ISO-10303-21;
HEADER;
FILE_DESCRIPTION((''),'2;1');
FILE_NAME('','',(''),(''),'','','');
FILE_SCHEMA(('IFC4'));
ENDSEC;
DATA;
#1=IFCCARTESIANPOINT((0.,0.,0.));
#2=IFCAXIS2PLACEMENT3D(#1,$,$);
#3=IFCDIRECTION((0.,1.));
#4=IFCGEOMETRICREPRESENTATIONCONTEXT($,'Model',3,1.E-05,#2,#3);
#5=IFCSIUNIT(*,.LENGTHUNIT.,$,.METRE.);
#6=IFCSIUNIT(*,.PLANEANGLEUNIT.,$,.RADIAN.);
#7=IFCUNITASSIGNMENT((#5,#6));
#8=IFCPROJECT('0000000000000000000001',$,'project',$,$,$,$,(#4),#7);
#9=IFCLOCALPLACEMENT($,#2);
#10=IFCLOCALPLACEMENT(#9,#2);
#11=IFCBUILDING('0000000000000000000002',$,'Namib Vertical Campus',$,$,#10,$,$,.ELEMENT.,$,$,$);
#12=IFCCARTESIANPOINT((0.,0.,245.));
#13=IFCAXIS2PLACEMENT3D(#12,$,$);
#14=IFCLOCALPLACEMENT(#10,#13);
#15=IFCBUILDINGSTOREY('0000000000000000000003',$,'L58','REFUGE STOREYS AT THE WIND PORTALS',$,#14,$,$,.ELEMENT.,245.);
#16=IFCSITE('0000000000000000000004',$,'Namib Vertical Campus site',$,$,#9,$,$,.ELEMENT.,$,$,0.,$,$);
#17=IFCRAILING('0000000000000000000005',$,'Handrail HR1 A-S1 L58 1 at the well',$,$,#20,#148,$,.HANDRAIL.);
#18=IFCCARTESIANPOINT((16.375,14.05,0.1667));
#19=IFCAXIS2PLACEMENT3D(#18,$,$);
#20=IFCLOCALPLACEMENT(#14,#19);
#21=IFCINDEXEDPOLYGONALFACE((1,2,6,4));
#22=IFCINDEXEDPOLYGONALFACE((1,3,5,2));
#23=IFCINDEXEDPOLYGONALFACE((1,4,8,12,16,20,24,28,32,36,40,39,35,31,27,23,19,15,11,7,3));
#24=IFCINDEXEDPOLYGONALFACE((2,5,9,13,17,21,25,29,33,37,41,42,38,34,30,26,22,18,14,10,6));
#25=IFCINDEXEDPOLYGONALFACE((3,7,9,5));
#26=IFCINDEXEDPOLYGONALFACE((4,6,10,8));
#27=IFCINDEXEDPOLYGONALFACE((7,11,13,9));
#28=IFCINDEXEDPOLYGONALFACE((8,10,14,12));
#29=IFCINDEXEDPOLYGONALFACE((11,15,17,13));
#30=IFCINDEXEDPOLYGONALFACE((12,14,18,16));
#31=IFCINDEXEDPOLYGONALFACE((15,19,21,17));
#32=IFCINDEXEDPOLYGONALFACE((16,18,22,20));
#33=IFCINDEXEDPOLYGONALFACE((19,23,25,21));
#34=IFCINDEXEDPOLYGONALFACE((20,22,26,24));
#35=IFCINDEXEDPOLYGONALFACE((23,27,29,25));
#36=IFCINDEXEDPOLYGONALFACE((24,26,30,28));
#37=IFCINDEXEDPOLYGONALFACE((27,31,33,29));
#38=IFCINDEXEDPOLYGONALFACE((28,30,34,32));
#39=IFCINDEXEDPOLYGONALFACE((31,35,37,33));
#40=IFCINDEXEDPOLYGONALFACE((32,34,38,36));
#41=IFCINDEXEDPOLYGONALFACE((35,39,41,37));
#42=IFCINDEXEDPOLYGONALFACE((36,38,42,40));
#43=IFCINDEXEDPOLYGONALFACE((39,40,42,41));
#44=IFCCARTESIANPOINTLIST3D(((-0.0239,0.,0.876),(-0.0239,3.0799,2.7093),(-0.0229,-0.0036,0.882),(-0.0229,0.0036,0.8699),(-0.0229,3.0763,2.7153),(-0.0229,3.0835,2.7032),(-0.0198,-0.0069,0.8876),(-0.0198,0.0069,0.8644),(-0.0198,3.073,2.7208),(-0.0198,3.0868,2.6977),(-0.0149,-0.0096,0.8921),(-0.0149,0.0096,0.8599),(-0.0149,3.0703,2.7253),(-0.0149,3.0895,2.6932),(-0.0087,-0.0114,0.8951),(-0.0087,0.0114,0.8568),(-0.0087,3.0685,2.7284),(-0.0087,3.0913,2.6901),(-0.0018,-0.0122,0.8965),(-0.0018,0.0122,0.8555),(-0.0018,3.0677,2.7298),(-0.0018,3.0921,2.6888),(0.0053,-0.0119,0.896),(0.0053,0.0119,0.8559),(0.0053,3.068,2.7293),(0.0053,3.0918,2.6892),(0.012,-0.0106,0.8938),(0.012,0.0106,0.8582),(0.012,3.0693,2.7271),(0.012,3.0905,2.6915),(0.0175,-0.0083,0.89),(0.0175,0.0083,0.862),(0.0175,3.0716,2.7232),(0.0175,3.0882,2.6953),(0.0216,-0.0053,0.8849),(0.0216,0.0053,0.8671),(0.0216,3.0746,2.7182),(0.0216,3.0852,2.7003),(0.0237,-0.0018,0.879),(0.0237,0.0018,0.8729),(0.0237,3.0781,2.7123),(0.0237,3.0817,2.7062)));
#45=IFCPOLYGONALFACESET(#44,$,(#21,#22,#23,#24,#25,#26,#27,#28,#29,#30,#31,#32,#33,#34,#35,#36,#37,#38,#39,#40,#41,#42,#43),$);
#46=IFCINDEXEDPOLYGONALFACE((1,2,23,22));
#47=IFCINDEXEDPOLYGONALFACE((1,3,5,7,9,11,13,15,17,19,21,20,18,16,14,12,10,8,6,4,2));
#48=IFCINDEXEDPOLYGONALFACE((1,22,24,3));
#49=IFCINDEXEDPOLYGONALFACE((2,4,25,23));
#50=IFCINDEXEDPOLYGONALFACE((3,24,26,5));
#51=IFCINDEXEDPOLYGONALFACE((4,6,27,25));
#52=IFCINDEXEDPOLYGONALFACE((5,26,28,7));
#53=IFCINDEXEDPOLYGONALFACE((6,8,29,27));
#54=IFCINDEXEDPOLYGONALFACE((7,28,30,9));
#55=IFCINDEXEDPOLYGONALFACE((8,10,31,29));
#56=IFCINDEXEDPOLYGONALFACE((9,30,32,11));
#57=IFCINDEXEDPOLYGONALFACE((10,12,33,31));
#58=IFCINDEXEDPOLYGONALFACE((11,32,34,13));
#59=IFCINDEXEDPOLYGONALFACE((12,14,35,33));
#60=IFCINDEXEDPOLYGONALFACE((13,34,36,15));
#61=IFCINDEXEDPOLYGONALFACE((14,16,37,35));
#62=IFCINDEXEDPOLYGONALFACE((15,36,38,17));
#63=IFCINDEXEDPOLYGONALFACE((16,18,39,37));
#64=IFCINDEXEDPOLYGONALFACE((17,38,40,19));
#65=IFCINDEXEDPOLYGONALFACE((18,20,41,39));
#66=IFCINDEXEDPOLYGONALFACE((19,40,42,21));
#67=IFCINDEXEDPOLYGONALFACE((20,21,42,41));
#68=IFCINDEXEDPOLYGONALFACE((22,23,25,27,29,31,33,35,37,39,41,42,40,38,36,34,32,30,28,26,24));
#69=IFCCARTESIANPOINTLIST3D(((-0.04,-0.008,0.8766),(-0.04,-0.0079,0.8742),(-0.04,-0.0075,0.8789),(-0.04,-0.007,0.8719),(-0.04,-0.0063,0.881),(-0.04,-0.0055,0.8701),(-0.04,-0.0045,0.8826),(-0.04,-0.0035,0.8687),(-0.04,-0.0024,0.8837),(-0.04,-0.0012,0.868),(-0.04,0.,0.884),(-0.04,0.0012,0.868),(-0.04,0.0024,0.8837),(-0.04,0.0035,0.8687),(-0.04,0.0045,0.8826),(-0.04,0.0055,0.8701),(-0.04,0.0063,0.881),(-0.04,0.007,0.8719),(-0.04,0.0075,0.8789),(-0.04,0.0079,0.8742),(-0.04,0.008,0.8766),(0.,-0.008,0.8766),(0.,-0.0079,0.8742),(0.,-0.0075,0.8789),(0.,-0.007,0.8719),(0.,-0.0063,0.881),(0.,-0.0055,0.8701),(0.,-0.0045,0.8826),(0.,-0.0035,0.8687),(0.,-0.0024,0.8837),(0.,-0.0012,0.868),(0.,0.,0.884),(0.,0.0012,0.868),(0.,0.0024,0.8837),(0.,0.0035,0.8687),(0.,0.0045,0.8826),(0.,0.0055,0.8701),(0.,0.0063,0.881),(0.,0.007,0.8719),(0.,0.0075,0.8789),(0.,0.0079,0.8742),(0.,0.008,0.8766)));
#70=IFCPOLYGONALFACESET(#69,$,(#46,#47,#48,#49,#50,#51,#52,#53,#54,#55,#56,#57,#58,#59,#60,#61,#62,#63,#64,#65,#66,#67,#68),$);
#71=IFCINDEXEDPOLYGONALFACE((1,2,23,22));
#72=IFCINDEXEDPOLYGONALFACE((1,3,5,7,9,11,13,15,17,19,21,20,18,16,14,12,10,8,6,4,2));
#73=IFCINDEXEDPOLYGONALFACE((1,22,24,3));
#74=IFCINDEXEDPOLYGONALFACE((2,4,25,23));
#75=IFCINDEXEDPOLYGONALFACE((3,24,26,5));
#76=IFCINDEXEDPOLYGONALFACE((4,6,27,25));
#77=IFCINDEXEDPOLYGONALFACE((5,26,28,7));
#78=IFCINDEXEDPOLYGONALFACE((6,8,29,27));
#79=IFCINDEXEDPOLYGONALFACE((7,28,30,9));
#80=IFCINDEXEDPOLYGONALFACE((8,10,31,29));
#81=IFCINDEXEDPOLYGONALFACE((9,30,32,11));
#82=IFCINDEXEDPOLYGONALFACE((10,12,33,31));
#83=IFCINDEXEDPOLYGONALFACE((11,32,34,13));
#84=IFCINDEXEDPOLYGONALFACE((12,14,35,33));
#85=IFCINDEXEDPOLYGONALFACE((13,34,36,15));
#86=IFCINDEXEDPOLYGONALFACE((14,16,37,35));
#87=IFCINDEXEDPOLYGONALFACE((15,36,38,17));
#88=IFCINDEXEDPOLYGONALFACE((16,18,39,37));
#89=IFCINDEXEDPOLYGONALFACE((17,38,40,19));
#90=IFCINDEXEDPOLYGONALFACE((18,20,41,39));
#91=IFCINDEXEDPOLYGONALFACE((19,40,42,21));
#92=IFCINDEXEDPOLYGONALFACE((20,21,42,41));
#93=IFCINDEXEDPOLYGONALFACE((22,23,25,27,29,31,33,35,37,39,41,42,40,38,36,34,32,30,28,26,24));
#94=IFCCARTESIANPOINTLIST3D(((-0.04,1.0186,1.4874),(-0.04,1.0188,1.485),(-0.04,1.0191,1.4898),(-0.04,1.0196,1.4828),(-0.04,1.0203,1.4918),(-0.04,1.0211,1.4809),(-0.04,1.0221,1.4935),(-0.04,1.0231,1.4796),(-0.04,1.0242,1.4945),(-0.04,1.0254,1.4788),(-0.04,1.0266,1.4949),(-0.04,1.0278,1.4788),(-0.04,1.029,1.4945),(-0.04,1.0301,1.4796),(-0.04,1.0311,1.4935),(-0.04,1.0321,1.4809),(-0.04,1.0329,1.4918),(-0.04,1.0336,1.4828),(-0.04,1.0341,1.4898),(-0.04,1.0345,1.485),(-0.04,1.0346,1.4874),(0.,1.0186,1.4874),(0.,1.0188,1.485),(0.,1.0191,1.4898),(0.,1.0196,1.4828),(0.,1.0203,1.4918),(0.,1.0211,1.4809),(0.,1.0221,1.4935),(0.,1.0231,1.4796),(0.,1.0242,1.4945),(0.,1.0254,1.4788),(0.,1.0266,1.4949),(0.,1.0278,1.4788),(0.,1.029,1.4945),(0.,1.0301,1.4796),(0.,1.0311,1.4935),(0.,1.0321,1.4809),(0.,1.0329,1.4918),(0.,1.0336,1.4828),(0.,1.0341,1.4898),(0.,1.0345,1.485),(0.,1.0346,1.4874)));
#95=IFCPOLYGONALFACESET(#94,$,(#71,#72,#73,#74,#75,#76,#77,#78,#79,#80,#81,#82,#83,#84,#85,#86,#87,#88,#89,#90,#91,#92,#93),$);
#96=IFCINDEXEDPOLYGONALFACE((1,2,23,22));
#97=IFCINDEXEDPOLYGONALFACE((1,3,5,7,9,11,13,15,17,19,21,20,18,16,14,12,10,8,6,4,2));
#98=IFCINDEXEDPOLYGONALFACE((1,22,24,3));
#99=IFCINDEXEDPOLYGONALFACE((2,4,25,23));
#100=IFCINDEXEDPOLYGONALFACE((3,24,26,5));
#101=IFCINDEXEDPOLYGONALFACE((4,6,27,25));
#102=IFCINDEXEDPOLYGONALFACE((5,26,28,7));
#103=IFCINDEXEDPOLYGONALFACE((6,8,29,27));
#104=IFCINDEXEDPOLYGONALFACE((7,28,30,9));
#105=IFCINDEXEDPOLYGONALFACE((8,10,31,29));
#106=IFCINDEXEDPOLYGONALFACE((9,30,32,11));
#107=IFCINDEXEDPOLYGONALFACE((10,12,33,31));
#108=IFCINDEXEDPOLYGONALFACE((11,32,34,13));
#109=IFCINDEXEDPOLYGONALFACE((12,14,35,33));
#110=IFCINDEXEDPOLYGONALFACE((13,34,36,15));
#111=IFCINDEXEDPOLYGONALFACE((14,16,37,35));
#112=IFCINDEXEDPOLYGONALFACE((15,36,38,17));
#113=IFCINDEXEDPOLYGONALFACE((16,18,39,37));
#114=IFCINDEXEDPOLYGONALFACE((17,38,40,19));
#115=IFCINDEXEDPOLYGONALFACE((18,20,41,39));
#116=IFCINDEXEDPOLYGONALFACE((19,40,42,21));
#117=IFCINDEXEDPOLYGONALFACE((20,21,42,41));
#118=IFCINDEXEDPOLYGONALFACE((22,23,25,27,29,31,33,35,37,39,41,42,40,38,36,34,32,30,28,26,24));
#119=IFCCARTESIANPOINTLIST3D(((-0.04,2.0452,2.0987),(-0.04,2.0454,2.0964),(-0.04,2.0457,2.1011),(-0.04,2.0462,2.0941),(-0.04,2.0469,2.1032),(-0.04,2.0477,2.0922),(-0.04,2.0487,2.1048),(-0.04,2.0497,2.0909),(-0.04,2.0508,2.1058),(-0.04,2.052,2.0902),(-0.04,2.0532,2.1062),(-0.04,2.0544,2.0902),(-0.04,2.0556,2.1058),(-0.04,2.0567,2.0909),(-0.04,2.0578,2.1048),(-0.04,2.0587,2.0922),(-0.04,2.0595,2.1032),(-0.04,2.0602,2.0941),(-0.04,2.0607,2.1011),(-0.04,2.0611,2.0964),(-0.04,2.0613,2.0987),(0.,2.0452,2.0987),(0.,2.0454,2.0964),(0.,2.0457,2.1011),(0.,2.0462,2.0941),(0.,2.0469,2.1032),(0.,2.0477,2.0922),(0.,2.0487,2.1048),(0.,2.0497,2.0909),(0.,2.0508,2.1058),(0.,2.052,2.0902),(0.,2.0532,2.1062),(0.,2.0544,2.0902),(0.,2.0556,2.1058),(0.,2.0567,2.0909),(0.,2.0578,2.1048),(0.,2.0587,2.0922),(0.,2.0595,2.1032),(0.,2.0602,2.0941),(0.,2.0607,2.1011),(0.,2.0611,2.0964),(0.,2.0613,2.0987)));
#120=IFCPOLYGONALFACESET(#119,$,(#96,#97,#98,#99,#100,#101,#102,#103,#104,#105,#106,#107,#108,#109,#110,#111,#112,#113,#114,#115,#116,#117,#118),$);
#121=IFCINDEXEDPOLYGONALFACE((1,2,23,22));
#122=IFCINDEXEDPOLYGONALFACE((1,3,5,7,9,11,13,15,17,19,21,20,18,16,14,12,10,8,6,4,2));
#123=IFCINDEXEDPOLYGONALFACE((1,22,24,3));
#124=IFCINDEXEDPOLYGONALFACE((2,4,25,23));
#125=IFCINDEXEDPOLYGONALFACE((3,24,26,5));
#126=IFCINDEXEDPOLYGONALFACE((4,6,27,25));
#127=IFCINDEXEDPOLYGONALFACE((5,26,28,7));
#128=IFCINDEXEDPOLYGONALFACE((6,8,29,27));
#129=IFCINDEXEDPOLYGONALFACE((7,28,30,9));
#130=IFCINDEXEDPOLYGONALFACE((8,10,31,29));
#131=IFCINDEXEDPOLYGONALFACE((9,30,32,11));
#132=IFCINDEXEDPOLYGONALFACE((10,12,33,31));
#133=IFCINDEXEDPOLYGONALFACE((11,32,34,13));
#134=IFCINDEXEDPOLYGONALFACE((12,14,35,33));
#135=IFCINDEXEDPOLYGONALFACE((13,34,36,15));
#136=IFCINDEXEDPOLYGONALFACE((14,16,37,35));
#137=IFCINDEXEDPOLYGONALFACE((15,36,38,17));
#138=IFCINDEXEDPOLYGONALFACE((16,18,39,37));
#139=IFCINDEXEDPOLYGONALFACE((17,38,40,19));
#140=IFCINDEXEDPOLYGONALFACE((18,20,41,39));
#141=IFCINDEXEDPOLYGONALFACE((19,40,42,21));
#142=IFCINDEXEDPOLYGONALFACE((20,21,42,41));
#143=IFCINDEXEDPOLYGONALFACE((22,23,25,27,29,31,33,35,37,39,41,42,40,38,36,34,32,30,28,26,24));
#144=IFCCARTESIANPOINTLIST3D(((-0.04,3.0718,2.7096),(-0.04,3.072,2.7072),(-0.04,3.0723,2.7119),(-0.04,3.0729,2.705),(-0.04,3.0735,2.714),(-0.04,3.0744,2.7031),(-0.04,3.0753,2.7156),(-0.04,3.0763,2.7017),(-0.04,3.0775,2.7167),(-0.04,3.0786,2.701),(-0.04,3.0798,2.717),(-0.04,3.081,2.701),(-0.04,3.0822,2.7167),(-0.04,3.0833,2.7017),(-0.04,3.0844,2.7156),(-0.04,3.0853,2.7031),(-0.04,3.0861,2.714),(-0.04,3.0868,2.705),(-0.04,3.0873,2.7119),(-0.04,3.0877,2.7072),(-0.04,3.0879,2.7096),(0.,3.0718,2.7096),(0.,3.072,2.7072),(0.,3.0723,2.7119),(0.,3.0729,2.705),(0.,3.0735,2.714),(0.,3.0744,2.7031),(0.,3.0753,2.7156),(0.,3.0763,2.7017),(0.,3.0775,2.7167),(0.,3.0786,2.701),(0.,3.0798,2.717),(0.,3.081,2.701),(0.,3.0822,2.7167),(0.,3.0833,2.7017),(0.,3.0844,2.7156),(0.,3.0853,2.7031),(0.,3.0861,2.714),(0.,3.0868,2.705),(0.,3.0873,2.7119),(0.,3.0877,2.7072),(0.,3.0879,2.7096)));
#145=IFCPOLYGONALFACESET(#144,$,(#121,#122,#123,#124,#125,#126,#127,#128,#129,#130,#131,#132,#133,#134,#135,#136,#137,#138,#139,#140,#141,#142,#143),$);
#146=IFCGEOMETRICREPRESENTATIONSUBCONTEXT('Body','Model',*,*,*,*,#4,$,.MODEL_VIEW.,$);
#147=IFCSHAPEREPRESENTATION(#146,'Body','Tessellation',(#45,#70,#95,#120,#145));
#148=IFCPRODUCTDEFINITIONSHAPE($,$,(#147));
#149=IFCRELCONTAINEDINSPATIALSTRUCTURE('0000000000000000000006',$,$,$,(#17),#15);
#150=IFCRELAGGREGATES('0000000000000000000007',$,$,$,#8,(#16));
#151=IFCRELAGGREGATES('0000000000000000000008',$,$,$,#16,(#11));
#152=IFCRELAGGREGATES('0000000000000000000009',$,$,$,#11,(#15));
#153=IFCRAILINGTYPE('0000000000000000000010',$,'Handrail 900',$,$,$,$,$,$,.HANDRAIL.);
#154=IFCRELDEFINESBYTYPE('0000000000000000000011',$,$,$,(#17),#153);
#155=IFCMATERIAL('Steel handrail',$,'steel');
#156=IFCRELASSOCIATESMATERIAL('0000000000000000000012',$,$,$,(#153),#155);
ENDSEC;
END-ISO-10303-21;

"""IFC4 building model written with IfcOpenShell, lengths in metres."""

from ifc_helpers import new_model, si_unit, direction, frame, origin, origin_2d, place, context, subcontext, project, spatial, circle, extrude, material, type_object, element, save


model = new_model("IFC4")

# Units and contexts
model_context = context("Model", 3, precision=1e-05, world=origin(), true_north=direction((0.0, 1.0)))
body_context = subcontext(model_context, "Body", "Model", "MODEL_VIEW")
ifc_project = project(units=[si_unit("LENGTHUNIT", "METRE"), si_unit("PLANEANGLEUNIT", "RADIAN")], contexts=[model_context])

# Site, building, storey
site_placement = place(None, origin())
site = spatial("IfcSite", under=ifc_project, at=site_placement, Name="Namib Vertical Campus site", CompositionType="ELEMENT", RefElevation=0.0)
building_placement = place(site_placement, origin())
building = spatial("IfcBuilding", under=site, at=building_placement, Name="Namib Vertical Campus", CompositionType="ELEMENT")
storey_placement = place(building_placement, frame((0.0, 0.0, 245.0)))
storey = spatial("IfcBuildingStorey", under=building, at=storey_placement, Name="L58", Description="REFUGE STOREYS AT THE WIND PORTALS", CompositionType="ELEMENT", Elevation=245.0)

# Railing
ifc_material_1 = material(Name="Steel handrail", Category="steel")
railing_type_1 = type_object("IfcRailingType", Name="Handrail 900", PredefinedType="HANDRAIL", material=ifc_material_1)
railing_1_placement = place(storey_placement, frame((16.375, 14.05, 0.1667)))
element("IfcRailing", 1, at=railing_1_placement, inside=storey, type_object=railing_type_1, Name="Handrail HR1 A-S1 L58 1 at the well", PredefinedType="HANDRAIL", context=body_context, shape_type="SweptSolid", body=[
    extrude(circle(Radius=0.0239, at=origin_2d()), frame((0.0, 0.0, 0.876), z_axis=(0.0, 0.859291, 0.511487), x_axis=(-1.0, 0.0, 0.0)), (0.0, 0.0, 1.0), 3.5842),
    extrude(circle(Radius=0.0081, at=origin_2d()), frame((0.0, 0.0, 0.876), z_axis=(-1.0, 0.0, 0.0), x_axis=(0.0, 0.0, 1.0)), (0.0, 0.0, 1.0), 0.04),
    extrude(circle(Radius=0.0081, at=origin_2d()), frame((0.0, 1.0266, 1.4868), z_axis=(-1.0, 0.0, 0.0), x_axis=(0.0, 0.0, 1.0)), (0.0, 0.0, 1.0), 0.04),
    extrude(circle(Radius=0.0081, at=origin_2d()), frame((0.0, 2.0532, 2.0981), z_axis=(-1.0, 0.0, 0.0), x_axis=(0.0, 0.0, 1.0)), (0.0, 0.0, 1.0), 0.04),
    extrude(circle(Radius=0.0081, at=origin_2d()), frame((0.0, 3.0798, 2.709), z_axis=(-1.0, 0.0, 0.0), x_axis=(0.0, 0.0, 1.0)), (0.0, 0.0, 1.0), 0.04),
])

save(model, "model.ifc")
